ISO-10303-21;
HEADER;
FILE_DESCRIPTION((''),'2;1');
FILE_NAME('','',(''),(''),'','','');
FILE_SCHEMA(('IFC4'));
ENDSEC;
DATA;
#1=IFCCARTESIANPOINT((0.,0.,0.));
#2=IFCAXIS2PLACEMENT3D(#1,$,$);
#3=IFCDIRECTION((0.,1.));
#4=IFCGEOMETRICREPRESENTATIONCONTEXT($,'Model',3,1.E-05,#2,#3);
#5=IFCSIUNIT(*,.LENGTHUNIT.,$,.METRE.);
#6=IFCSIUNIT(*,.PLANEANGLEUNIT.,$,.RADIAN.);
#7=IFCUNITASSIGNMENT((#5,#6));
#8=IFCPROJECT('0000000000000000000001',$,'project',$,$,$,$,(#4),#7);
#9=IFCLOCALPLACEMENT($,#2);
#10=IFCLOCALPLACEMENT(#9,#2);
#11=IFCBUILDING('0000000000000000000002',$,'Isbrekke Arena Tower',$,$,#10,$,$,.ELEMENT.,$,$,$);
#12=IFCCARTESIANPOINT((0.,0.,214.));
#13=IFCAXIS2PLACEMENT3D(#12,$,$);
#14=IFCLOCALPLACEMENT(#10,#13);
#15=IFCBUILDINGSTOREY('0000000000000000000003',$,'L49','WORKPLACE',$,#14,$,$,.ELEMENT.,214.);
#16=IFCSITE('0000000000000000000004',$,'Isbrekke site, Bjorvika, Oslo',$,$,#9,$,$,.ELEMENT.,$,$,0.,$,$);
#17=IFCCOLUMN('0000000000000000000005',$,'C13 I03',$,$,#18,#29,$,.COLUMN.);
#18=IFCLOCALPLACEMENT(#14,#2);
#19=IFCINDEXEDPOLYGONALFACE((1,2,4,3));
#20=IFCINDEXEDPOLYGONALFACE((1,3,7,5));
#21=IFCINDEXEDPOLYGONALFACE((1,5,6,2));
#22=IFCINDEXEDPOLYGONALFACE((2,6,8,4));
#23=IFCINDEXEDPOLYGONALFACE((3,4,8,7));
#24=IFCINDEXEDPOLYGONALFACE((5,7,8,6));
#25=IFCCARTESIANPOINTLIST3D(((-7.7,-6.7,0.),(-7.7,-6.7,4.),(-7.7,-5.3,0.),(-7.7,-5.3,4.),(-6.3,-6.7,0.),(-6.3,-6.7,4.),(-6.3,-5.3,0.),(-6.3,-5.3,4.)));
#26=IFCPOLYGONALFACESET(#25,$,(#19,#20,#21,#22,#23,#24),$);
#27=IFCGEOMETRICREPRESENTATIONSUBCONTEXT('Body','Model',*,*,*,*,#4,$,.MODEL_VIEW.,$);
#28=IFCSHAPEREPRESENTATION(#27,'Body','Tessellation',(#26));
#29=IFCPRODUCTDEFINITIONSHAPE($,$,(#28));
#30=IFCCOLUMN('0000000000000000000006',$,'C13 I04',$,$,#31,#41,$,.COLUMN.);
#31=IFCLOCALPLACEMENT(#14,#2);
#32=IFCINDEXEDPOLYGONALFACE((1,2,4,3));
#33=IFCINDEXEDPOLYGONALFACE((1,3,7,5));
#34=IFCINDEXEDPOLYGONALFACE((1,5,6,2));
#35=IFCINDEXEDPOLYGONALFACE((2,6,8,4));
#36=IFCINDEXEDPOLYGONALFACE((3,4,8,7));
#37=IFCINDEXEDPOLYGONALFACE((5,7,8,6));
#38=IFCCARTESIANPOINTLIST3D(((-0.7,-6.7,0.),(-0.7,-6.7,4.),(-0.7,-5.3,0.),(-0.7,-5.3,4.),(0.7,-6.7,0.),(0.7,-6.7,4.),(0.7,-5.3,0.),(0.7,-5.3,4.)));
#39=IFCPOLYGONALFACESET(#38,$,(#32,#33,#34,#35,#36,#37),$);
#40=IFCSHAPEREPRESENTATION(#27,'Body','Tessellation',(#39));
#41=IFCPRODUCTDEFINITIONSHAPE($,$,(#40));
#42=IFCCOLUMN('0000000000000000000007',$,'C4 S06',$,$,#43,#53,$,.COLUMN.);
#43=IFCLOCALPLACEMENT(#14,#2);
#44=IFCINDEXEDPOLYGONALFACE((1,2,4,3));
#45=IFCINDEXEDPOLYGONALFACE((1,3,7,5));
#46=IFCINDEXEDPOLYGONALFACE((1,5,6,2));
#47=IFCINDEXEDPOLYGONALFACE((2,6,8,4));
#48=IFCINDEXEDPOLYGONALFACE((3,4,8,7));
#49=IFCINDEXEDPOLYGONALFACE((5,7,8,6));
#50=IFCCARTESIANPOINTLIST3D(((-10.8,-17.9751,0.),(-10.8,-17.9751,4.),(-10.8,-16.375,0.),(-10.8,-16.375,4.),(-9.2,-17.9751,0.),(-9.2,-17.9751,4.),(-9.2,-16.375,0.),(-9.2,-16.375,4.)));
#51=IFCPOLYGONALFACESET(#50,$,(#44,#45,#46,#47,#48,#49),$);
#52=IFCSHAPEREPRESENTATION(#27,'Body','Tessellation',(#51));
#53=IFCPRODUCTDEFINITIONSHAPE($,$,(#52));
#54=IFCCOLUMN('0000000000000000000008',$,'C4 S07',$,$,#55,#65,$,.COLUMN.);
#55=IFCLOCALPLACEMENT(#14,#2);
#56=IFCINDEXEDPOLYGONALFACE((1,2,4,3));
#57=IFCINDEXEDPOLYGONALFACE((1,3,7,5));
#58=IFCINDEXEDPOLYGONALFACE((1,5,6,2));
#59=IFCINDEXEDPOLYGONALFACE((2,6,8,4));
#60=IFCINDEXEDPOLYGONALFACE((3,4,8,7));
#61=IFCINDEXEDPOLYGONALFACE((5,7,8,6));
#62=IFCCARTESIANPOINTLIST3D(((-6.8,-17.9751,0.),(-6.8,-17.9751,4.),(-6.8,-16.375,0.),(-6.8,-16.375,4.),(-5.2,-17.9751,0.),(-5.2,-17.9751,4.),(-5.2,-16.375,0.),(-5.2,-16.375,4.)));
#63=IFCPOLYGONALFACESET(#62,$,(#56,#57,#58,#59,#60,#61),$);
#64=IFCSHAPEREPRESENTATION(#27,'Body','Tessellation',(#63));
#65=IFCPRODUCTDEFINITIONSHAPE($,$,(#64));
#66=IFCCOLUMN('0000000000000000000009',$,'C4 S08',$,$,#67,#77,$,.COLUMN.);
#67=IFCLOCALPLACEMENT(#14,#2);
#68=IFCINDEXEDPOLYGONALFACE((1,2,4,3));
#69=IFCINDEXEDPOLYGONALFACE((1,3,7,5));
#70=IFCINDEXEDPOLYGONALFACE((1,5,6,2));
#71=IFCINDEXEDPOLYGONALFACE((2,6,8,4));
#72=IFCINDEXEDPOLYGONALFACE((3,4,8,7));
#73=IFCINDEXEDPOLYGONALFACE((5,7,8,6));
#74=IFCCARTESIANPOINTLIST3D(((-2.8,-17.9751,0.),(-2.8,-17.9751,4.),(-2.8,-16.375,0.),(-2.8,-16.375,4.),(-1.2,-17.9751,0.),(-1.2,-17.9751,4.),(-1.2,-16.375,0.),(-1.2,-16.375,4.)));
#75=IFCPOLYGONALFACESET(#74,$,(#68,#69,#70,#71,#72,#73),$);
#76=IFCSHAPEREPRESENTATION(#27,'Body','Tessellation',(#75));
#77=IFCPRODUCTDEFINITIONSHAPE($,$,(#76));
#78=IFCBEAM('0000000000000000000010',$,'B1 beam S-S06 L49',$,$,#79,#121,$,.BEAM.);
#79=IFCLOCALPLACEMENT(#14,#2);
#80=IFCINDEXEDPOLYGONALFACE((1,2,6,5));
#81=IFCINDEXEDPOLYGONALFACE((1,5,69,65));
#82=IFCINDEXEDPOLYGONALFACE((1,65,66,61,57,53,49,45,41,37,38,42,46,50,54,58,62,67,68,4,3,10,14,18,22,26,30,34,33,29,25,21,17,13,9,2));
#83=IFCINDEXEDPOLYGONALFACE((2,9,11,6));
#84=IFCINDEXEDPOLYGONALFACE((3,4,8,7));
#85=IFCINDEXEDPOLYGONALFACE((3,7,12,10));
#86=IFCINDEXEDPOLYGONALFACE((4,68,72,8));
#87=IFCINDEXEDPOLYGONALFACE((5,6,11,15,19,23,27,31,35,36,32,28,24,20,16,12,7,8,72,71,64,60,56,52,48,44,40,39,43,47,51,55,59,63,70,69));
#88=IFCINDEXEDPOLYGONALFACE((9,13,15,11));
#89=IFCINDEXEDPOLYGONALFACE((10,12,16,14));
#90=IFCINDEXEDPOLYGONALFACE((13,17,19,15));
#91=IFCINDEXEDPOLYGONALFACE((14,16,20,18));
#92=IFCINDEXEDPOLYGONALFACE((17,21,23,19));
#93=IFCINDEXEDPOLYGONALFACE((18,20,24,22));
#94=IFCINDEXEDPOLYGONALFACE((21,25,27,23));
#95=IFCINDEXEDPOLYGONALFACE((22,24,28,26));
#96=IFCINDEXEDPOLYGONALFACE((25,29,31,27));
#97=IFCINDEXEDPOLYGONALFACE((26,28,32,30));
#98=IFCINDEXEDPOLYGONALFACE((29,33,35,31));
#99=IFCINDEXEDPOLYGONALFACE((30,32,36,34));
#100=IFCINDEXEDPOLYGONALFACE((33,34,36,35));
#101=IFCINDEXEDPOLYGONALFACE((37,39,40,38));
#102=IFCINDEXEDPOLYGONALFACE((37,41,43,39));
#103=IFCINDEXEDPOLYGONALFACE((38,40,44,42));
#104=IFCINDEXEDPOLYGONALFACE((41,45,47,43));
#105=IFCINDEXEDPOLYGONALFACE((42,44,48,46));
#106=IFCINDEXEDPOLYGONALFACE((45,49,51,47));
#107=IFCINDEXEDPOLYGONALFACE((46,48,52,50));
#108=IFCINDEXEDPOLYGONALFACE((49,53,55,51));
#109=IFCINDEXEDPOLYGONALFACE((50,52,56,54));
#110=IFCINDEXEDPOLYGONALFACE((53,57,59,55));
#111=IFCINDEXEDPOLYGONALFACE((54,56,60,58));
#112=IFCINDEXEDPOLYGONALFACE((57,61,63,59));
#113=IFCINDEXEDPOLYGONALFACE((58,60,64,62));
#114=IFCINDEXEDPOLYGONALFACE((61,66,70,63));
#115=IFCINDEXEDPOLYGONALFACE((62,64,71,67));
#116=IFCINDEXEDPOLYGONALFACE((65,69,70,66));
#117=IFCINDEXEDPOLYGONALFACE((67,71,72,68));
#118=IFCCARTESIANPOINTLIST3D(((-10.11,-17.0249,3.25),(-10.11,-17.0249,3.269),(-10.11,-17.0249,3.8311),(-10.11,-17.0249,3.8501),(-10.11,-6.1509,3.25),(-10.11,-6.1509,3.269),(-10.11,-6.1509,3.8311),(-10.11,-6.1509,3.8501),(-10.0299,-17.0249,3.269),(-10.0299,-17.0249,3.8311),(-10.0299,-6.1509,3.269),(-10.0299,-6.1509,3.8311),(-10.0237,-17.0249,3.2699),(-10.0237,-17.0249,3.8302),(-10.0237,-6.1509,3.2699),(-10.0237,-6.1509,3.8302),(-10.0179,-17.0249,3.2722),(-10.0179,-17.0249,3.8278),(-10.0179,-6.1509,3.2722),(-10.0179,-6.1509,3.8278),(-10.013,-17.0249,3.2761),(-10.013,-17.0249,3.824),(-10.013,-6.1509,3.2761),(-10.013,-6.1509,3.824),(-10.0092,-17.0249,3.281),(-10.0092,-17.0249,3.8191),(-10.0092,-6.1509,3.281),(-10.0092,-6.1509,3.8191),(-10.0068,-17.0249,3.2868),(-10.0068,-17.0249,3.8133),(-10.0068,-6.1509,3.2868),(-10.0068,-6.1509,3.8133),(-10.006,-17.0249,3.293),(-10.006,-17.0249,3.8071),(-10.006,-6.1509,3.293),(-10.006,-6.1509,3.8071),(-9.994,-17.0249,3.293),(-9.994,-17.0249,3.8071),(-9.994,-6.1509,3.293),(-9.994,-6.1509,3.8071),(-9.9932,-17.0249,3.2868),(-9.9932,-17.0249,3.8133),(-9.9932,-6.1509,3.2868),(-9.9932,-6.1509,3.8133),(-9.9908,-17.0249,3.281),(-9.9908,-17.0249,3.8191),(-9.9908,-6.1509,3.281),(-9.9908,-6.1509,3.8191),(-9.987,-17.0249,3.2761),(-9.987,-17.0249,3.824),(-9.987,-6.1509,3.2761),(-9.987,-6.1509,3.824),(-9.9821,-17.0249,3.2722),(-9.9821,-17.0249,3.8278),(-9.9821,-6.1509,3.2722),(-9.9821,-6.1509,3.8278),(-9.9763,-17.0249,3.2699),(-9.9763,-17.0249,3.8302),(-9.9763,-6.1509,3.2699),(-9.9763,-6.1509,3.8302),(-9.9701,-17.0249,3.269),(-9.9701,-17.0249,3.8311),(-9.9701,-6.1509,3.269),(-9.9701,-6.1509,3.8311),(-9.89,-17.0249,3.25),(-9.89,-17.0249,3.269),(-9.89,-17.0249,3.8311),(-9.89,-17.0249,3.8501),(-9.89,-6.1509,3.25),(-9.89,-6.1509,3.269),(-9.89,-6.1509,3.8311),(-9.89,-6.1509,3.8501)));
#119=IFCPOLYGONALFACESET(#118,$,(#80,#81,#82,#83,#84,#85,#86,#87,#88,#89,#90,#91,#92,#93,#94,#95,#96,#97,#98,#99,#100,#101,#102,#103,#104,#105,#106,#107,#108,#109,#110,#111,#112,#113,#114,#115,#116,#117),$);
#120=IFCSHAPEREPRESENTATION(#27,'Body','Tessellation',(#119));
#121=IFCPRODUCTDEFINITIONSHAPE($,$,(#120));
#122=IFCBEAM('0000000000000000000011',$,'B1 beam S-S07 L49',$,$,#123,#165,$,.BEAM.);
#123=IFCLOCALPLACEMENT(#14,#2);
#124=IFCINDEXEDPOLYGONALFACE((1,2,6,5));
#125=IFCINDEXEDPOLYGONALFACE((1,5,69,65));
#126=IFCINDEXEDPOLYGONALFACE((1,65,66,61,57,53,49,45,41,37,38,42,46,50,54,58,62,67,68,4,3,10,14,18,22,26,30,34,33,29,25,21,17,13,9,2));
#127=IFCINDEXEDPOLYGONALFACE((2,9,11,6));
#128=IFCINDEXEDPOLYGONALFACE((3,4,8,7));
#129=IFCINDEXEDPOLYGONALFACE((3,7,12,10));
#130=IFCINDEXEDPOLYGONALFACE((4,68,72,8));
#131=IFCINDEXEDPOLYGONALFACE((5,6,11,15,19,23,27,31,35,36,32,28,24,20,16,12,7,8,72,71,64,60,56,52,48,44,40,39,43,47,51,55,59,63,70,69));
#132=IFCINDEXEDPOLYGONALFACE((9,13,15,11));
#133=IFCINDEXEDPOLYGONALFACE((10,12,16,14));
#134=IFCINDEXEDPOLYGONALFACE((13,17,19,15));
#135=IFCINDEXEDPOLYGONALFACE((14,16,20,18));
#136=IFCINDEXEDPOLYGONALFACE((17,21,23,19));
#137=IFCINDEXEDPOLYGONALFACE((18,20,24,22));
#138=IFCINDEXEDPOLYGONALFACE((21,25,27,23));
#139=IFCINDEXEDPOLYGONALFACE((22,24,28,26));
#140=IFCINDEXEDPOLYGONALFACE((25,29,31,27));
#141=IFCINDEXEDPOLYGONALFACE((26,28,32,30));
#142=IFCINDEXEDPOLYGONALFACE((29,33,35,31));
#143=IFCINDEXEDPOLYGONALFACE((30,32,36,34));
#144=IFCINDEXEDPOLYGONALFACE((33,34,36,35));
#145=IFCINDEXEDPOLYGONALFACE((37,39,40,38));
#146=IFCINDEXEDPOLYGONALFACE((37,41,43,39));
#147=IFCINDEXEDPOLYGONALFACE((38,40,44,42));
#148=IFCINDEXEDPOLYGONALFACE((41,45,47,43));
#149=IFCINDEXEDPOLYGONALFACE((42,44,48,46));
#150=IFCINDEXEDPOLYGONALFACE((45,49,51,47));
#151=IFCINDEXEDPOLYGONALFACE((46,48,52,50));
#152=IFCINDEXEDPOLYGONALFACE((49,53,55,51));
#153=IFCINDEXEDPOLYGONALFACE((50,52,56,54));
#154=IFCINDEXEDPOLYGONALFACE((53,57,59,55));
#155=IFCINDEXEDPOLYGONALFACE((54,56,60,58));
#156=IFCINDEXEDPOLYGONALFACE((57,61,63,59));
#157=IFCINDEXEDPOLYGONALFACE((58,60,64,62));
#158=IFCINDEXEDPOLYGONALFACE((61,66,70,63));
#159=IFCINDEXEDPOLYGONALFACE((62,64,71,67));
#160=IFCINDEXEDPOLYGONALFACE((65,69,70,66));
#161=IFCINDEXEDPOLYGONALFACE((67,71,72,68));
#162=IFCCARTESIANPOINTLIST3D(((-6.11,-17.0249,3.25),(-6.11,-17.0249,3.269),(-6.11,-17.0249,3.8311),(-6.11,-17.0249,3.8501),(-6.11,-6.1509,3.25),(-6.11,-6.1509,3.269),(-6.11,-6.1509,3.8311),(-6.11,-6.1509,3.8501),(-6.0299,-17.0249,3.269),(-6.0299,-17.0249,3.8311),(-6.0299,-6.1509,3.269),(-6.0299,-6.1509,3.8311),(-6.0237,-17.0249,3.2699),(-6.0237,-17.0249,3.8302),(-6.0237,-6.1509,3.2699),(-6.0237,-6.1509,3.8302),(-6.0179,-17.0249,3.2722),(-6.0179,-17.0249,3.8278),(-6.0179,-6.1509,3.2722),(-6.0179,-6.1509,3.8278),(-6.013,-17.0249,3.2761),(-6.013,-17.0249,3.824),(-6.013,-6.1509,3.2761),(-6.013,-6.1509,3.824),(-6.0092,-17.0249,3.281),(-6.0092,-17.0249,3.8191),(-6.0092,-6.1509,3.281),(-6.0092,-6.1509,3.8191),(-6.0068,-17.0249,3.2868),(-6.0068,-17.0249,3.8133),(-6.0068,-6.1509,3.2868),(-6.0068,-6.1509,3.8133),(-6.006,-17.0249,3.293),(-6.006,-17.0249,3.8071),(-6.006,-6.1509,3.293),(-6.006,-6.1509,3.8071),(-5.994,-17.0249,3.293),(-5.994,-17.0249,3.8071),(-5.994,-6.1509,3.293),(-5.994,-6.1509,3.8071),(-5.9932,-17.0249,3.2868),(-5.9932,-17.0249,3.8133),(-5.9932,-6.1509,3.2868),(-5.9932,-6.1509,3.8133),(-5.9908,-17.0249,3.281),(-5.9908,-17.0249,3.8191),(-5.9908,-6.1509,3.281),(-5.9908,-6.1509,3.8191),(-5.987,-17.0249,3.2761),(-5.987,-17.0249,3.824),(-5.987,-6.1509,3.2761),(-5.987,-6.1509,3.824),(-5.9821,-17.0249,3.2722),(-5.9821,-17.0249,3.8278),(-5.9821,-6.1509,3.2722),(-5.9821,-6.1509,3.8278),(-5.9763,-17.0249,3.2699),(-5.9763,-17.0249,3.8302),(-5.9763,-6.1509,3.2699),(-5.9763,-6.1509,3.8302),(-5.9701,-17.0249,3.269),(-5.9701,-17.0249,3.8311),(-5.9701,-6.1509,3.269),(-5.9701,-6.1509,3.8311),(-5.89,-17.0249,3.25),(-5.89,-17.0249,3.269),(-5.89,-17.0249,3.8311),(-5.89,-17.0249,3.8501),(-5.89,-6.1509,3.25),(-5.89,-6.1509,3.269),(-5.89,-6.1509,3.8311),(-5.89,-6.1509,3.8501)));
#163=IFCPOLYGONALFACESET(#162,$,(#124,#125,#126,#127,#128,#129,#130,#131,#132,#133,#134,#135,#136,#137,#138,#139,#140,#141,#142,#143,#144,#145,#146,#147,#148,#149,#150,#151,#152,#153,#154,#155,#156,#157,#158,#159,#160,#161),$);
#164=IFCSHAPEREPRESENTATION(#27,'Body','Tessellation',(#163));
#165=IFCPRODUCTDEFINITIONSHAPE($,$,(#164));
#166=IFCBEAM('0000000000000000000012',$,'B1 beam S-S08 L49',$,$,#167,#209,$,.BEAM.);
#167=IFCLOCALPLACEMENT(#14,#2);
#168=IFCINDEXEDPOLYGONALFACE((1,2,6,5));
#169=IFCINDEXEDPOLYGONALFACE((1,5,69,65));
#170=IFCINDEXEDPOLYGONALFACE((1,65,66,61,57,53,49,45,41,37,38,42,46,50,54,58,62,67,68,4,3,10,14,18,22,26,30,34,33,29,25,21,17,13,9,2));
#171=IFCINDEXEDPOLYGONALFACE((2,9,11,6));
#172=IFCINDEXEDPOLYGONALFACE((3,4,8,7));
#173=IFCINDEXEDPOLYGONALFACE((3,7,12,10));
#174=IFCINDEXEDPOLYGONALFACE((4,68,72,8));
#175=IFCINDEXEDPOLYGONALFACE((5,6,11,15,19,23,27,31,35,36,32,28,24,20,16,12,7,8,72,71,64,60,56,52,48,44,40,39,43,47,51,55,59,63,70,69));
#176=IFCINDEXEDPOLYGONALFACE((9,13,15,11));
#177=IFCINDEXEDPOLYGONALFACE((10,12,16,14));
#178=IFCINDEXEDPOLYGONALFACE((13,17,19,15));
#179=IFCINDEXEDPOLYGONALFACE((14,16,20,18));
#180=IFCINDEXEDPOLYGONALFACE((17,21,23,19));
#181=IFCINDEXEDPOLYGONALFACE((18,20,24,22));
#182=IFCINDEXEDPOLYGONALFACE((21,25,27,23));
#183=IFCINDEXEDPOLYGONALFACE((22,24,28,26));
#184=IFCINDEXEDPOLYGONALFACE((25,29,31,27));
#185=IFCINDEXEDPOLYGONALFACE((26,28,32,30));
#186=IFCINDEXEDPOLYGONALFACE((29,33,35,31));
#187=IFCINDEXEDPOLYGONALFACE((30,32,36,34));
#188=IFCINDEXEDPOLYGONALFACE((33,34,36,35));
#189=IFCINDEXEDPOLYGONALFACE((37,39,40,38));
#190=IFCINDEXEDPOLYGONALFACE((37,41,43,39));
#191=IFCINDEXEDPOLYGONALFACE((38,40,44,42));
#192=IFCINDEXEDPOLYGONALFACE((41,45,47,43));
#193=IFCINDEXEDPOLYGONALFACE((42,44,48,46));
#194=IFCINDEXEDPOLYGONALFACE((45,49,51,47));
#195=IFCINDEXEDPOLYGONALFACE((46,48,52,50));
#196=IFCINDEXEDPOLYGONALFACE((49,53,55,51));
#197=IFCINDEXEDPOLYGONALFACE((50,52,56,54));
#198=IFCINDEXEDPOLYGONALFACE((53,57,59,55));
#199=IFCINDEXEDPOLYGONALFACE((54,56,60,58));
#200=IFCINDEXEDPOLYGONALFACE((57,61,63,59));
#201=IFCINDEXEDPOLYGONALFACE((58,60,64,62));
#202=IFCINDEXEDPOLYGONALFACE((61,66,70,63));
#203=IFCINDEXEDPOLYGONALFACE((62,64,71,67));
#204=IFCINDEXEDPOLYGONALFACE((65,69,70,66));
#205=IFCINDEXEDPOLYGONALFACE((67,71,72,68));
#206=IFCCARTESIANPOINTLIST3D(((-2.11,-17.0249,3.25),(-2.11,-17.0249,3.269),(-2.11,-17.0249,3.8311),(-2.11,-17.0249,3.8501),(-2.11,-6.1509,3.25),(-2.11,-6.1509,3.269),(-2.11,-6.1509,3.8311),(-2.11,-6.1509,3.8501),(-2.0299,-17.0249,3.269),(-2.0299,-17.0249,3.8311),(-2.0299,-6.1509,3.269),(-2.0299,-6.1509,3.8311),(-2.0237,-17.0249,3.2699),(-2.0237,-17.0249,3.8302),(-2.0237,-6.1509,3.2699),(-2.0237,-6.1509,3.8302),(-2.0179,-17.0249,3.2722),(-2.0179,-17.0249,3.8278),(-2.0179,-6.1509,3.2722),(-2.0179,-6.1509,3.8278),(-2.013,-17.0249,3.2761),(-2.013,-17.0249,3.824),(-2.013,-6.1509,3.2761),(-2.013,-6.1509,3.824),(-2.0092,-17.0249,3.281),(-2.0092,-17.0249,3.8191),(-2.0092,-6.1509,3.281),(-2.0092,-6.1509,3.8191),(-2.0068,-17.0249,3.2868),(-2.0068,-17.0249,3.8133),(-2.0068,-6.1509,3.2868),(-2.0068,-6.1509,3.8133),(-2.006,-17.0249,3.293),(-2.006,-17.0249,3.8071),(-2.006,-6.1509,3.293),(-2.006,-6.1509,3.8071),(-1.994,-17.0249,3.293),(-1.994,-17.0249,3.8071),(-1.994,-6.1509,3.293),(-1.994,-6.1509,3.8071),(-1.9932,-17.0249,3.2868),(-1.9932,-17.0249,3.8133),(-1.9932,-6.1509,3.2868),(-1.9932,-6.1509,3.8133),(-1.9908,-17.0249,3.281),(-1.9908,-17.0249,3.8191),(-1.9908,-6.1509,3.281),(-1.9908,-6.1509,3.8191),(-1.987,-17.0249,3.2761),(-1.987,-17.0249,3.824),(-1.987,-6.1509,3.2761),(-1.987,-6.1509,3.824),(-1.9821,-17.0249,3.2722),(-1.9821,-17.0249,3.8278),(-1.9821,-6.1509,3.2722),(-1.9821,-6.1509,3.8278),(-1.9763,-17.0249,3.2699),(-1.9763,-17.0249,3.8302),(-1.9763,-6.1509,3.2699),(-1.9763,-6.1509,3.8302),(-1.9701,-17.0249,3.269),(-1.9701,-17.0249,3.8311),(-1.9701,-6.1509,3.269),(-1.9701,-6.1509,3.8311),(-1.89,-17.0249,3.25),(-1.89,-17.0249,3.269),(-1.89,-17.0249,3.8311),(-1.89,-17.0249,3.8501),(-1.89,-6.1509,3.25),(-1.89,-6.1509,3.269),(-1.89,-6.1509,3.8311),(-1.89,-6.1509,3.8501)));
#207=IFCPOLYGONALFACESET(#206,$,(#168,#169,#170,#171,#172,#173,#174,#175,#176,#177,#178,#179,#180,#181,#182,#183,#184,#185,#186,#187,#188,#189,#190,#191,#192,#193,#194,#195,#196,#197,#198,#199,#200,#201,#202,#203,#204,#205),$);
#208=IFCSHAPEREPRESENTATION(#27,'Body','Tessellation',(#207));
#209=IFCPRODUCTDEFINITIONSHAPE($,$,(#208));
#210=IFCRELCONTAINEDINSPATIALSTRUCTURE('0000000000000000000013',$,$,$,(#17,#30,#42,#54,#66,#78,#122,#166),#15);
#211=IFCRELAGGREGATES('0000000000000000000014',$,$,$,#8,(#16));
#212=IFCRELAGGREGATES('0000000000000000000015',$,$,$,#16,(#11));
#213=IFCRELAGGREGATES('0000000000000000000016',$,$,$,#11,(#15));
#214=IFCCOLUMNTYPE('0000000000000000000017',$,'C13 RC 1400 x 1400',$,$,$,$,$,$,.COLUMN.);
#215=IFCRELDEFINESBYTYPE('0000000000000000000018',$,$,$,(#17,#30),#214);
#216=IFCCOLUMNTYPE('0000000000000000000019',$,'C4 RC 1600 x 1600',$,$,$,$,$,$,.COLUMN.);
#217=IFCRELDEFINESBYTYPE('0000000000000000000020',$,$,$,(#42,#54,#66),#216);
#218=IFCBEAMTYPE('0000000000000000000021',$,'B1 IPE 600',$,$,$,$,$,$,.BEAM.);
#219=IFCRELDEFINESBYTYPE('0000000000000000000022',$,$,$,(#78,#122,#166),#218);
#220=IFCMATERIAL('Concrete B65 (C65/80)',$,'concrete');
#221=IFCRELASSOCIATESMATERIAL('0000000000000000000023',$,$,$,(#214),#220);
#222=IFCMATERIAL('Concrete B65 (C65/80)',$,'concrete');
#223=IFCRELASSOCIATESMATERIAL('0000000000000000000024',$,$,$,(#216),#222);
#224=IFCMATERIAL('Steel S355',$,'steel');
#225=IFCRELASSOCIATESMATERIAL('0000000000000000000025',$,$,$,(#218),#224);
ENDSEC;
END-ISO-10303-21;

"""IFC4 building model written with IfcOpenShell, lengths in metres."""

from ifc_helpers import new_model, si_unit, direction, frame, origin, origin_2d, place, context, subcontext, project, spatial, rectangle, i_section, extrude, material, material_profile, profile_set, type_object, element, save


model = new_model("IFC4")

# Units and contexts
model_context = context("Model", 3, precision=1e-05, world=origin(), true_north=direction((0.0, 1.0)))
body_context = subcontext(model_context, "Body", "Model", "MODEL_VIEW")
ifc_project = project(units=[si_unit("LENGTHUNIT", "METRE"), si_unit("PLANEANGLEUNIT", "RADIAN")], contexts=[model_context])

# Site, building, storey
site_placement = place(None, origin())
site = spatial("IfcSite", under=ifc_project, at=site_placement, Name="Isbrekke site, Bjorvika, Oslo", CompositionType="ELEMENT", RefElevation=0.0)
building_placement = place(site_placement, origin())
building = spatial("IfcBuilding", under=site, at=building_placement, Name="Isbrekke Arena Tower", CompositionType="ELEMENT")
storey_placement = place(building_placement, frame((0.0, 0.0, 214.0)))
storey = spatial("IfcBuildingStorey", under=building, at=storey_placement, Name="L49", Description="WORKPLACE", CompositionType="ELEMENT", Elevation=214.0)

# Columns
ifc_material_1 = material(Name="Concrete B65 (C65/80)", Category="concrete")
ifc_material_profile_1 = material_profile(ifc_material_1, rectangle(XDim=1.3999, YDim=1.3999, at=origin_2d()), Name="RC 1400x1400")
ifc_profile_set_1 = profile_set([ifc_material_profile_1], Name="Concrete B65 (C65/80)")
column_type_1 = type_object("IfcColumnType", Name="C13 RC 1400 x 1400", PredefinedType="COLUMN", material=ifc_profile_set_1)
for number, where, z_axis, x_axis, name in (
    (1, (-7.0, -6.0, 0.0), (0.0, 0.0, 1.0), (1.0, 0.0, 0.0), "C13 I03"),
    (2, (0.0, -6.0, 0.0), (0.0, 0.0, 1.0), (1.0, 0.0, 0.0), "C13 I04"),
):
    element("IfcColumn", number, at=place(storey_placement, frame(where, z_axis=z_axis, x_axis=x_axis)), inside=storey, type_object=column_type_1, Name=name, PredefinedType="COLUMN", context=body_context, shape_type="SweptSolid", body=[
        extrude(rectangle(XDim=1.3999, YDim=1.3999, at=origin_2d()), origin(), (0.0, 0.0, 1.0), 4.0),
    ])
ifc_material_2 = material(Name="Concrete B65 (C65/80)", Category="concrete")
ifc_material_profile_2 = material_profile(ifc_material_2, rectangle(XDim=1.6001, YDim=1.6001, at=origin_2d()), Name="RC 1600x1600")
ifc_profile_set_2 = profile_set([ifc_material_profile_2], Name="Concrete B65 (C65/80)")
column_type_2 = type_object("IfcColumnType", Name="C4 RC 1600 x 1600", PredefinedType="COLUMN", material=ifc_profile_set_2)
for number, where, z_axis, x_axis, name in (
    (3, (-10.0, -17.175, 0.0), (0.0, 0.0, 1.0), (1.0, 0.0, 0.0), "C4 S06"),
    (4, (-6.0, -17.175, 0.0), (0.0, 0.0, 1.0), (1.0, 0.0, 0.0), "C4 S07"),
    (5, (-2.0, -17.175, 0.0), (0.0, 0.0, 1.0), (1.0, 0.0, 0.0), "C4 S08"),
):
    element("IfcColumn", number, at=place(storey_placement, frame(where, z_axis=z_axis, x_axis=x_axis)), inside=storey, type_object=column_type_2, Name=name, PredefinedType="COLUMN", context=body_context, shape_type="SweptSolid", body=[
        extrude(rectangle(XDim=1.6001, YDim=1.6001, at=origin_2d()), origin(), (0.0, 0.0, 1.0), 4.0),
    ])

# Beams
ifc_material_3 = material(Name="Steel S355", Category="steel")
ifc_material_profile_3 = material_profile(ifc_material_3, i_section(OverallWidth=0.22, OverallDepth=0.6001, WebThickness=0.012, FlangeThickness=0.019, FilletRadius=0.0239, at=origin_2d()), Name="IPE 600")
ifc_profile_set_3 = profile_set([ifc_material_profile_3], Name="Steel S355")
beam_type_1 = type_object("IfcBeamType", Name="B1 IPE 600", PredefinedType="BEAM", material=ifc_profile_set_3)
for number, where, z_axis, x_axis, name in (
    (6, (-10.0, -17.0249, 3.55), (0.0, 1.0, 0.0), (-1.0, 0.0, 0.0), "B1 beam S-S06 L49"),
    (7, (-6.0, -17.0249, 3.55), (0.0, 1.0, 0.0), (-1.0, 0.0, 0.0), "B1 beam S-S07 L49"),
    (8, (-2.0, -17.0249, 3.55), (0.0, 1.0, 0.0), (-1.0, 0.0, 0.0), "B1 beam S-S08 L49"),
):
    element("IfcBeam", number, at=place(storey_placement, frame(where, z_axis=z_axis, x_axis=x_axis)), inside=storey, type_object=beam_type_1, Name=name, PredefinedType="BEAM", context=body_context, shape_type="SweptSolid", body=[
        extrude(i_section(OverallWidth=0.22, OverallDepth=0.6001, WebThickness=0.012, FlangeThickness=0.019, FilletRadius=0.0239, at=origin_2d()), origin(), (0.0, 0.0, 1.0), 10.874),
    ])

save(model, "model.ifc")
